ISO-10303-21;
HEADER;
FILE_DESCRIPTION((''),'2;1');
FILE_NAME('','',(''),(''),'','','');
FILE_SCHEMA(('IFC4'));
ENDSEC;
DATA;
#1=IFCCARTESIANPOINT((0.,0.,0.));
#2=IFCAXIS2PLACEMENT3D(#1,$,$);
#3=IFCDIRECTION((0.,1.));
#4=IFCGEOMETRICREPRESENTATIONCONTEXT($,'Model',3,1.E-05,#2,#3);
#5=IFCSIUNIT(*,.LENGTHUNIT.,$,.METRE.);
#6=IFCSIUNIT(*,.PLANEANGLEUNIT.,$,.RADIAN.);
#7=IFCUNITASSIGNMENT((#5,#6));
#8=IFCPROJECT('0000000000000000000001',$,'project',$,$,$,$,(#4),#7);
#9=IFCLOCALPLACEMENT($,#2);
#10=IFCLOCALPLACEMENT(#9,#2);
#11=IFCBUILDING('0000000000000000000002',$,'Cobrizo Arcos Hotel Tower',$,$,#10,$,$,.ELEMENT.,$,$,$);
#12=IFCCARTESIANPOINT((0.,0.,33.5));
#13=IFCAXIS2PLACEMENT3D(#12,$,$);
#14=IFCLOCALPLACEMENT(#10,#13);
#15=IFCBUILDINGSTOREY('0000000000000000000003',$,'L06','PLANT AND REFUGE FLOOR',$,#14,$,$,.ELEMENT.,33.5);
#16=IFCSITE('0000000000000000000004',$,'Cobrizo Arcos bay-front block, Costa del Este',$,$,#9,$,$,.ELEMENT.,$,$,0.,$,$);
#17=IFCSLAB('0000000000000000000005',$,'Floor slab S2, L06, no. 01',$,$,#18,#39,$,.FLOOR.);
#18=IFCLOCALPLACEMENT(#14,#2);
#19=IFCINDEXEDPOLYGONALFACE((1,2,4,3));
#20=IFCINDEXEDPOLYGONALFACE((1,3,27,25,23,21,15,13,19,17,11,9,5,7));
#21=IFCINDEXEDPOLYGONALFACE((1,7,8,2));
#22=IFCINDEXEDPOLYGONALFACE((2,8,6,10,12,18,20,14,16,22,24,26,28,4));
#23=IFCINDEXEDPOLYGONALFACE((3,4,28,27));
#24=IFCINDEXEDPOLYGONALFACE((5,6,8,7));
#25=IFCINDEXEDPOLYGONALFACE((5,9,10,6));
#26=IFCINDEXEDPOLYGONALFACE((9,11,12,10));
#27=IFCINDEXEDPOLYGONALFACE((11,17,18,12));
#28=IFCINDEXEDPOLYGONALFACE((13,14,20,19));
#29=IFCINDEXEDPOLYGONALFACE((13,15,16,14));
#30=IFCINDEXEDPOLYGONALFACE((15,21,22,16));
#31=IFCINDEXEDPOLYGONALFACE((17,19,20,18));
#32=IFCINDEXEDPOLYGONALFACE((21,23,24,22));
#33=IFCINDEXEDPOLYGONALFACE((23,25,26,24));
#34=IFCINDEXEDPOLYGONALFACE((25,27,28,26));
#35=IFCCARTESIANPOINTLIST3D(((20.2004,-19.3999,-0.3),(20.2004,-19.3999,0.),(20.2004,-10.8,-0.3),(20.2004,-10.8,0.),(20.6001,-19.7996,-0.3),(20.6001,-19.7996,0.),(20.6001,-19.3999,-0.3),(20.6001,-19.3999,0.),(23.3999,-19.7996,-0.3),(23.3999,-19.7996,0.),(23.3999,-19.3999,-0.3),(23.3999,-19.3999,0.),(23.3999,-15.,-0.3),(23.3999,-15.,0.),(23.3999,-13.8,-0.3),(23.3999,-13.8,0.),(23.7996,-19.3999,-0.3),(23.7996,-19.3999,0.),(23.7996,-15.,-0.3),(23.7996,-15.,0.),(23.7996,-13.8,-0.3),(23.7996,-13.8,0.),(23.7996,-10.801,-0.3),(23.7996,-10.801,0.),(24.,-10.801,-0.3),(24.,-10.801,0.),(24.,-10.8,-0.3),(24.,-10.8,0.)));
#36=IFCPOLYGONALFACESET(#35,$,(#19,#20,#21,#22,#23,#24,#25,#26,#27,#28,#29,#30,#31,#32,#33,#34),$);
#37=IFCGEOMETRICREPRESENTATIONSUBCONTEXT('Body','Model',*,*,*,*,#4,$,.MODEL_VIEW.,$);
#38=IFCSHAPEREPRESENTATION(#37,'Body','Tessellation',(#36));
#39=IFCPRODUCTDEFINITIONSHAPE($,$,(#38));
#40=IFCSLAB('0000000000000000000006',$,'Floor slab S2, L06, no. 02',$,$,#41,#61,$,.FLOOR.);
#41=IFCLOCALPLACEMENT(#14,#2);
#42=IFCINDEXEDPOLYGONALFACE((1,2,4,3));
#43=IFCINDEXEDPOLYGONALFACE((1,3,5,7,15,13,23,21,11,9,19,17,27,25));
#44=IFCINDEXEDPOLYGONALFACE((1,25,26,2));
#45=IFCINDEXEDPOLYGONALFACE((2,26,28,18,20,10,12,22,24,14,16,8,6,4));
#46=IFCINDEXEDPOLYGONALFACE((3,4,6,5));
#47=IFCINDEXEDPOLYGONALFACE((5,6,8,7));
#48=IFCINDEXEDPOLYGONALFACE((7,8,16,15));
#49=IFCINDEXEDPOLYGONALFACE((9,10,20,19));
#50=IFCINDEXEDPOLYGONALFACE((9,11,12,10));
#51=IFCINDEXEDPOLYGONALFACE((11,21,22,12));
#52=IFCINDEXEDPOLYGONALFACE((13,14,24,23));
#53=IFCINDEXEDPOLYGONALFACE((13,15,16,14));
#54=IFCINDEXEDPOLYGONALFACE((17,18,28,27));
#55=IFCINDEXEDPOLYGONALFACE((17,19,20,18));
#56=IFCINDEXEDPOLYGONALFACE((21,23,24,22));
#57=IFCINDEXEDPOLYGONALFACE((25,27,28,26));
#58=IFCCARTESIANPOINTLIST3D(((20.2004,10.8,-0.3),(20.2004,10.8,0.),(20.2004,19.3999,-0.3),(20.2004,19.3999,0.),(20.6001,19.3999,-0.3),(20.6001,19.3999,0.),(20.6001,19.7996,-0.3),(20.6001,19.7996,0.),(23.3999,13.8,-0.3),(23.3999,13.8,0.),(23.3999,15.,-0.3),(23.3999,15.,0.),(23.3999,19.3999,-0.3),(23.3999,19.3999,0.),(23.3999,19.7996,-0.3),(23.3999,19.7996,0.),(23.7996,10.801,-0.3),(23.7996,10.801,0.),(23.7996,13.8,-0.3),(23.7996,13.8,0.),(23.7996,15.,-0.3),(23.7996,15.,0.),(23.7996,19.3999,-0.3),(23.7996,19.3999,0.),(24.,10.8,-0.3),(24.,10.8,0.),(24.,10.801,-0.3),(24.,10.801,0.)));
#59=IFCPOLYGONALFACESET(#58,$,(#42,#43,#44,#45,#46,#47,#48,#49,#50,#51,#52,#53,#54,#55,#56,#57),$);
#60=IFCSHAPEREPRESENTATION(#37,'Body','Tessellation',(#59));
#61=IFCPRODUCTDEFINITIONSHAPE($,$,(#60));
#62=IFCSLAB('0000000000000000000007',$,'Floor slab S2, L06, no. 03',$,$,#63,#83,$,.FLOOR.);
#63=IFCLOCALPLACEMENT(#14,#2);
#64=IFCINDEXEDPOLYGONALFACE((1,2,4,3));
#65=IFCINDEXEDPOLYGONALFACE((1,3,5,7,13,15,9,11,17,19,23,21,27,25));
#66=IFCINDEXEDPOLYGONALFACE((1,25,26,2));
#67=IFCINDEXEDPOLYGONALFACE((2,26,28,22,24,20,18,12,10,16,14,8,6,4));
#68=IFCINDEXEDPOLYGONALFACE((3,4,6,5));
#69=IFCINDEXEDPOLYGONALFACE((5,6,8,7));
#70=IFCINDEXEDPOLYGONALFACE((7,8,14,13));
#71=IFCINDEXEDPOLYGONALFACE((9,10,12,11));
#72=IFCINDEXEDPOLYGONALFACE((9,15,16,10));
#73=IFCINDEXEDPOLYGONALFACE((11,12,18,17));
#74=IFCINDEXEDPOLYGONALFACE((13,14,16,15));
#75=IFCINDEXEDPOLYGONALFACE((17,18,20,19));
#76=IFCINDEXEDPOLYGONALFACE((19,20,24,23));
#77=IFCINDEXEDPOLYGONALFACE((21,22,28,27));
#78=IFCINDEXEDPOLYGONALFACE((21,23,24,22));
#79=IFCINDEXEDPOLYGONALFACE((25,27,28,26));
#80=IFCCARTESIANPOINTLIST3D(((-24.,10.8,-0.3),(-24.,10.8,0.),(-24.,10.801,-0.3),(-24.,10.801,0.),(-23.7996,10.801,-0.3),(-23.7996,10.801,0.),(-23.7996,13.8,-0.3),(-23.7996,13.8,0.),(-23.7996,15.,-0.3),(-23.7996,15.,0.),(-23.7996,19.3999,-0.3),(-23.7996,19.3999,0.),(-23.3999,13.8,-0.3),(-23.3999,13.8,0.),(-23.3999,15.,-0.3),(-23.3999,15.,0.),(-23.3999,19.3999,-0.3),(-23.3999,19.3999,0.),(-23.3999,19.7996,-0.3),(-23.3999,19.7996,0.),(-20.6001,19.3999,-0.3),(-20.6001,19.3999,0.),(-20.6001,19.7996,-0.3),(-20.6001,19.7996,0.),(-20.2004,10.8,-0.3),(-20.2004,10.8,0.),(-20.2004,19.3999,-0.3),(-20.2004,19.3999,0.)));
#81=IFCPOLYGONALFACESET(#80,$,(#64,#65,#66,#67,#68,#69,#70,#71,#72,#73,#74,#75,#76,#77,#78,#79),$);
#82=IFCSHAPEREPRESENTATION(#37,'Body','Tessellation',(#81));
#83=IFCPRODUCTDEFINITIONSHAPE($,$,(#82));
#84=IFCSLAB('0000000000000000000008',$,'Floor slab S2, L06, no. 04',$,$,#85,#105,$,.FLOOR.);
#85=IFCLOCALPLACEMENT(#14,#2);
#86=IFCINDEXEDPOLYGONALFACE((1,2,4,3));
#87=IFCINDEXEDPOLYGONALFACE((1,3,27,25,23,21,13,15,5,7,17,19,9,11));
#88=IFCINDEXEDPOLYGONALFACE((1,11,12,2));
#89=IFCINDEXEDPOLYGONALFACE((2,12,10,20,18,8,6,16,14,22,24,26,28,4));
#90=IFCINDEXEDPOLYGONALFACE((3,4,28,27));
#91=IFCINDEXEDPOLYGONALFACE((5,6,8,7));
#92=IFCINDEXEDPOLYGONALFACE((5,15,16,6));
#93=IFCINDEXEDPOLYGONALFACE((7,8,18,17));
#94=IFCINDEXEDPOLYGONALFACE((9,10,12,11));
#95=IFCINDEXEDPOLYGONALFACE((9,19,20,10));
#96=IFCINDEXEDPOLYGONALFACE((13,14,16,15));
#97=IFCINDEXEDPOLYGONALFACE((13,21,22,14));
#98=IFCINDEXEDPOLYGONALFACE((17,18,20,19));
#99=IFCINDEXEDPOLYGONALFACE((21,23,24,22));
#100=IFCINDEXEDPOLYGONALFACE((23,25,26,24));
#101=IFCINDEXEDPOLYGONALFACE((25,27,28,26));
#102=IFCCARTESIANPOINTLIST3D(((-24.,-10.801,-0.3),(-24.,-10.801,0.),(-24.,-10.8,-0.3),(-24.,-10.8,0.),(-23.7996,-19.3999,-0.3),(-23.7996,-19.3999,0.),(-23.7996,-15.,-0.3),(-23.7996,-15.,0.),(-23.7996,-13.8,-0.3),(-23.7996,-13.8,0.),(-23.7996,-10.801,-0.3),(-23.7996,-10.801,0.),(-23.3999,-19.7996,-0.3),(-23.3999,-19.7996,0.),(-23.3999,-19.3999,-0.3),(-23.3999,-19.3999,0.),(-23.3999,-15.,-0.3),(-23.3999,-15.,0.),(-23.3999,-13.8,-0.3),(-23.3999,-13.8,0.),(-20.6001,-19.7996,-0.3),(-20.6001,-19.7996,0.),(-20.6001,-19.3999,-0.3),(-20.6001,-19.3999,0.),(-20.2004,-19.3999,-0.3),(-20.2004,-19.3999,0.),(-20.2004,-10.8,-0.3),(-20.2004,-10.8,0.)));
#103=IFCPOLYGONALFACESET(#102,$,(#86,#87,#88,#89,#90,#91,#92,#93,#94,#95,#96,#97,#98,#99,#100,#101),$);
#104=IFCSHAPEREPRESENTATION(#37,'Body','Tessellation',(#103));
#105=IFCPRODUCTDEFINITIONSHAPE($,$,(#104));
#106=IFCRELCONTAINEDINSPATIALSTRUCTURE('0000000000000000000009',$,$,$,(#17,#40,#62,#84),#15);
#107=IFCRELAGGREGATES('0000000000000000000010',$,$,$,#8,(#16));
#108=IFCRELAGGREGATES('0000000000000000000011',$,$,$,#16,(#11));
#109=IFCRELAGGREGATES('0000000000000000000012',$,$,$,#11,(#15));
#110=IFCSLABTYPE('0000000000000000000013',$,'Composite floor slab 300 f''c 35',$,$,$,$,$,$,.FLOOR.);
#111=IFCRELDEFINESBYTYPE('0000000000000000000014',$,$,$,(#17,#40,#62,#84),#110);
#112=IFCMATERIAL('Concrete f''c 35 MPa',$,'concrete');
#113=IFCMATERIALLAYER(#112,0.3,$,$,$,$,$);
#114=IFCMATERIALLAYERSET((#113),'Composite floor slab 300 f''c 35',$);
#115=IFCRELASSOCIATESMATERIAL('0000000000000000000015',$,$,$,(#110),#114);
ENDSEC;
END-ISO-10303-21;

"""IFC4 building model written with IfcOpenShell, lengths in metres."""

from ifc_helpers import new_model, si_unit, direction, frame, origin, place, context, subcontext, project, spatial, polyline, outline, extrude, material, layer, layer_set, type_object, element, save


model = new_model("IFC4")

# Units and contexts
model_context = context("Model", 3, precision=1e-05, world=origin(), true_north=direction((0.0, 1.0)))
body_context = subcontext(model_context, "Body", "Model", "MODEL_VIEW")
ifc_project = project(units=[si_unit("LENGTHUNIT", "METRE"), si_unit("PLANEANGLEUNIT", "RADIAN")], contexts=[model_context])

# Site, building, storey
site_placement = place(None, origin())
site = spatial("IfcSite", under=ifc_project, at=site_placement, Name="Cobrizo Arcos bay-front block, Costa del Este", CompositionType="ELEMENT", RefElevation=0.0)
building_placement = place(site_placement, origin())
building = spatial("IfcBuilding", under=site, at=building_placement, Name="Cobrizo Arcos Hotel Tower", CompositionType="ELEMENT")
storey_placement = place(building_placement, frame((0.0, 0.0, 33.5)))
storey = spatial("IfcBuildingStorey", under=building, at=storey_placement, Name="L06", Description="PLANT AND REFUGE FLOOR", CompositionType="ELEMENT", Elevation=33.5)

# Slabs
ifc_material_1 = material(Name="Concrete f'c 35 MPa", Category="concrete")
ifc_layer_1 = layer(ifc_material_1, 0.3)
ifc_layer_set_1 = layer_set([ifc_layer_1], Name="Composite floor slab 300 f'c 35")
slab_type_1 = type_object("IfcSlabType", Name="Composite floor slab 300 f'c 35", PredefinedType="FLOOR", material=ifc_layer_set_1)
slab_1_placement = place(storey_placement, frame((0.0, 0.0, -0.3)))
element("IfcSlab", 1, at=slab_1_placement, inside=storey, type_object=slab_type_1, Name="Floor slab S2, L06, no. 01", PredefinedType="FLOOR", context=body_context, shape_type="SweptSolid", body=[
    extrude(outline(polyline([(24.0, -10.801), (23.7996, -10.801), (23.7996, -13.8), (23.3999, -13.8), (23.3999, -15.0), (23.7996, -15.0), (23.7996, -19.3999), (23.3999, -19.3999), (23.3999, -19.7996), (20.6001, -19.7996), (20.6001, -19.3999), (20.2004, -19.3999), (20.2004, -10.8), (24.0, -10.8), (24.0, -10.801)])), origin(), (0.0, 0.0, 1.0), 0.3),
])
slab_2_placement = place(storey_placement, frame((0.0, 0.0, -0.3)))
element("IfcSlab", 2, at=slab_2_placement, inside=storey, type_object=slab_type_1, Name="Floor slab S2, L06, no. 02", PredefinedType="FLOOR", context=body_context, shape_type="SweptSolid", body=[
    extrude(outline(polyline([(24.0, 10.8), (20.2004, 10.8), (20.2004, 19.3999), (20.6001, 19.3999), (20.6001, 19.7996), (23.3999, 19.7996), (23.3999, 19.3999), (23.7996, 19.3999), (23.7996, 15.0), (23.3999, 15.0), (23.3999, 13.8), (23.7996, 13.8), (23.7996, 10.801), (24.0, 10.801), (24.0, 10.8)])), origin(), (0.0, 0.0, 1.0), 0.3),
])
slab_3_placement = place(storey_placement, frame((0.0, 0.0, -0.3)))
element("IfcSlab", 3, at=slab_3_placement, inside=storey, type_object=slab_type_1, Name="Floor slab S2, L06, no. 03", PredefinedType="FLOOR", context=body_context, shape_type="SweptSolid", body=[
    extrude(outline(polyline([(-24.0, 10.801), (-23.7996, 10.801), (-23.7996, 13.8), (-23.3999, 13.8), (-23.3999, 15.0), (-23.7996, 15.0), (-23.7996, 19.3999), (-23.3999, 19.3999), (-23.3999, 19.7996), (-20.6001, 19.7996), (-20.6001, 19.3999), (-20.2004, 19.3999), (-20.2004, 10.8), (-24.0, 10.8), (-24.0, 10.801)])), origin(), (0.0, 0.0, 1.0), 0.3),
])
slab_4_placement = place(storey_placement, frame((0.0, 0.0, -0.3)))
element("IfcSlab", 4, at=slab_4_placement, inside=storey, type_object=slab_type_1, Name="Floor slab S2, L06, no. 04", PredefinedType="FLOOR", context=body_context, shape_type="SweptSolid", body=[
    extrude(outline(polyline([(-24.0, -10.8), (-20.2004, -10.8), (-20.2004, -19.3999), (-20.6001, -19.3999), (-20.6001, -19.7996), (-23.3999, -19.7996), (-23.3999, -19.3999), (-23.7996, -19.3999), (-23.7996, -15.0), (-23.3999, -15.0), (-23.3999, -13.8), (-23.7996, -13.8), (-23.7996, -10.801), (-24.0, -10.801), (-24.0, -10.8)])), origin(), (0.0, 0.0, 1.0), 0.3),
])

save(model, "model.ifc")
